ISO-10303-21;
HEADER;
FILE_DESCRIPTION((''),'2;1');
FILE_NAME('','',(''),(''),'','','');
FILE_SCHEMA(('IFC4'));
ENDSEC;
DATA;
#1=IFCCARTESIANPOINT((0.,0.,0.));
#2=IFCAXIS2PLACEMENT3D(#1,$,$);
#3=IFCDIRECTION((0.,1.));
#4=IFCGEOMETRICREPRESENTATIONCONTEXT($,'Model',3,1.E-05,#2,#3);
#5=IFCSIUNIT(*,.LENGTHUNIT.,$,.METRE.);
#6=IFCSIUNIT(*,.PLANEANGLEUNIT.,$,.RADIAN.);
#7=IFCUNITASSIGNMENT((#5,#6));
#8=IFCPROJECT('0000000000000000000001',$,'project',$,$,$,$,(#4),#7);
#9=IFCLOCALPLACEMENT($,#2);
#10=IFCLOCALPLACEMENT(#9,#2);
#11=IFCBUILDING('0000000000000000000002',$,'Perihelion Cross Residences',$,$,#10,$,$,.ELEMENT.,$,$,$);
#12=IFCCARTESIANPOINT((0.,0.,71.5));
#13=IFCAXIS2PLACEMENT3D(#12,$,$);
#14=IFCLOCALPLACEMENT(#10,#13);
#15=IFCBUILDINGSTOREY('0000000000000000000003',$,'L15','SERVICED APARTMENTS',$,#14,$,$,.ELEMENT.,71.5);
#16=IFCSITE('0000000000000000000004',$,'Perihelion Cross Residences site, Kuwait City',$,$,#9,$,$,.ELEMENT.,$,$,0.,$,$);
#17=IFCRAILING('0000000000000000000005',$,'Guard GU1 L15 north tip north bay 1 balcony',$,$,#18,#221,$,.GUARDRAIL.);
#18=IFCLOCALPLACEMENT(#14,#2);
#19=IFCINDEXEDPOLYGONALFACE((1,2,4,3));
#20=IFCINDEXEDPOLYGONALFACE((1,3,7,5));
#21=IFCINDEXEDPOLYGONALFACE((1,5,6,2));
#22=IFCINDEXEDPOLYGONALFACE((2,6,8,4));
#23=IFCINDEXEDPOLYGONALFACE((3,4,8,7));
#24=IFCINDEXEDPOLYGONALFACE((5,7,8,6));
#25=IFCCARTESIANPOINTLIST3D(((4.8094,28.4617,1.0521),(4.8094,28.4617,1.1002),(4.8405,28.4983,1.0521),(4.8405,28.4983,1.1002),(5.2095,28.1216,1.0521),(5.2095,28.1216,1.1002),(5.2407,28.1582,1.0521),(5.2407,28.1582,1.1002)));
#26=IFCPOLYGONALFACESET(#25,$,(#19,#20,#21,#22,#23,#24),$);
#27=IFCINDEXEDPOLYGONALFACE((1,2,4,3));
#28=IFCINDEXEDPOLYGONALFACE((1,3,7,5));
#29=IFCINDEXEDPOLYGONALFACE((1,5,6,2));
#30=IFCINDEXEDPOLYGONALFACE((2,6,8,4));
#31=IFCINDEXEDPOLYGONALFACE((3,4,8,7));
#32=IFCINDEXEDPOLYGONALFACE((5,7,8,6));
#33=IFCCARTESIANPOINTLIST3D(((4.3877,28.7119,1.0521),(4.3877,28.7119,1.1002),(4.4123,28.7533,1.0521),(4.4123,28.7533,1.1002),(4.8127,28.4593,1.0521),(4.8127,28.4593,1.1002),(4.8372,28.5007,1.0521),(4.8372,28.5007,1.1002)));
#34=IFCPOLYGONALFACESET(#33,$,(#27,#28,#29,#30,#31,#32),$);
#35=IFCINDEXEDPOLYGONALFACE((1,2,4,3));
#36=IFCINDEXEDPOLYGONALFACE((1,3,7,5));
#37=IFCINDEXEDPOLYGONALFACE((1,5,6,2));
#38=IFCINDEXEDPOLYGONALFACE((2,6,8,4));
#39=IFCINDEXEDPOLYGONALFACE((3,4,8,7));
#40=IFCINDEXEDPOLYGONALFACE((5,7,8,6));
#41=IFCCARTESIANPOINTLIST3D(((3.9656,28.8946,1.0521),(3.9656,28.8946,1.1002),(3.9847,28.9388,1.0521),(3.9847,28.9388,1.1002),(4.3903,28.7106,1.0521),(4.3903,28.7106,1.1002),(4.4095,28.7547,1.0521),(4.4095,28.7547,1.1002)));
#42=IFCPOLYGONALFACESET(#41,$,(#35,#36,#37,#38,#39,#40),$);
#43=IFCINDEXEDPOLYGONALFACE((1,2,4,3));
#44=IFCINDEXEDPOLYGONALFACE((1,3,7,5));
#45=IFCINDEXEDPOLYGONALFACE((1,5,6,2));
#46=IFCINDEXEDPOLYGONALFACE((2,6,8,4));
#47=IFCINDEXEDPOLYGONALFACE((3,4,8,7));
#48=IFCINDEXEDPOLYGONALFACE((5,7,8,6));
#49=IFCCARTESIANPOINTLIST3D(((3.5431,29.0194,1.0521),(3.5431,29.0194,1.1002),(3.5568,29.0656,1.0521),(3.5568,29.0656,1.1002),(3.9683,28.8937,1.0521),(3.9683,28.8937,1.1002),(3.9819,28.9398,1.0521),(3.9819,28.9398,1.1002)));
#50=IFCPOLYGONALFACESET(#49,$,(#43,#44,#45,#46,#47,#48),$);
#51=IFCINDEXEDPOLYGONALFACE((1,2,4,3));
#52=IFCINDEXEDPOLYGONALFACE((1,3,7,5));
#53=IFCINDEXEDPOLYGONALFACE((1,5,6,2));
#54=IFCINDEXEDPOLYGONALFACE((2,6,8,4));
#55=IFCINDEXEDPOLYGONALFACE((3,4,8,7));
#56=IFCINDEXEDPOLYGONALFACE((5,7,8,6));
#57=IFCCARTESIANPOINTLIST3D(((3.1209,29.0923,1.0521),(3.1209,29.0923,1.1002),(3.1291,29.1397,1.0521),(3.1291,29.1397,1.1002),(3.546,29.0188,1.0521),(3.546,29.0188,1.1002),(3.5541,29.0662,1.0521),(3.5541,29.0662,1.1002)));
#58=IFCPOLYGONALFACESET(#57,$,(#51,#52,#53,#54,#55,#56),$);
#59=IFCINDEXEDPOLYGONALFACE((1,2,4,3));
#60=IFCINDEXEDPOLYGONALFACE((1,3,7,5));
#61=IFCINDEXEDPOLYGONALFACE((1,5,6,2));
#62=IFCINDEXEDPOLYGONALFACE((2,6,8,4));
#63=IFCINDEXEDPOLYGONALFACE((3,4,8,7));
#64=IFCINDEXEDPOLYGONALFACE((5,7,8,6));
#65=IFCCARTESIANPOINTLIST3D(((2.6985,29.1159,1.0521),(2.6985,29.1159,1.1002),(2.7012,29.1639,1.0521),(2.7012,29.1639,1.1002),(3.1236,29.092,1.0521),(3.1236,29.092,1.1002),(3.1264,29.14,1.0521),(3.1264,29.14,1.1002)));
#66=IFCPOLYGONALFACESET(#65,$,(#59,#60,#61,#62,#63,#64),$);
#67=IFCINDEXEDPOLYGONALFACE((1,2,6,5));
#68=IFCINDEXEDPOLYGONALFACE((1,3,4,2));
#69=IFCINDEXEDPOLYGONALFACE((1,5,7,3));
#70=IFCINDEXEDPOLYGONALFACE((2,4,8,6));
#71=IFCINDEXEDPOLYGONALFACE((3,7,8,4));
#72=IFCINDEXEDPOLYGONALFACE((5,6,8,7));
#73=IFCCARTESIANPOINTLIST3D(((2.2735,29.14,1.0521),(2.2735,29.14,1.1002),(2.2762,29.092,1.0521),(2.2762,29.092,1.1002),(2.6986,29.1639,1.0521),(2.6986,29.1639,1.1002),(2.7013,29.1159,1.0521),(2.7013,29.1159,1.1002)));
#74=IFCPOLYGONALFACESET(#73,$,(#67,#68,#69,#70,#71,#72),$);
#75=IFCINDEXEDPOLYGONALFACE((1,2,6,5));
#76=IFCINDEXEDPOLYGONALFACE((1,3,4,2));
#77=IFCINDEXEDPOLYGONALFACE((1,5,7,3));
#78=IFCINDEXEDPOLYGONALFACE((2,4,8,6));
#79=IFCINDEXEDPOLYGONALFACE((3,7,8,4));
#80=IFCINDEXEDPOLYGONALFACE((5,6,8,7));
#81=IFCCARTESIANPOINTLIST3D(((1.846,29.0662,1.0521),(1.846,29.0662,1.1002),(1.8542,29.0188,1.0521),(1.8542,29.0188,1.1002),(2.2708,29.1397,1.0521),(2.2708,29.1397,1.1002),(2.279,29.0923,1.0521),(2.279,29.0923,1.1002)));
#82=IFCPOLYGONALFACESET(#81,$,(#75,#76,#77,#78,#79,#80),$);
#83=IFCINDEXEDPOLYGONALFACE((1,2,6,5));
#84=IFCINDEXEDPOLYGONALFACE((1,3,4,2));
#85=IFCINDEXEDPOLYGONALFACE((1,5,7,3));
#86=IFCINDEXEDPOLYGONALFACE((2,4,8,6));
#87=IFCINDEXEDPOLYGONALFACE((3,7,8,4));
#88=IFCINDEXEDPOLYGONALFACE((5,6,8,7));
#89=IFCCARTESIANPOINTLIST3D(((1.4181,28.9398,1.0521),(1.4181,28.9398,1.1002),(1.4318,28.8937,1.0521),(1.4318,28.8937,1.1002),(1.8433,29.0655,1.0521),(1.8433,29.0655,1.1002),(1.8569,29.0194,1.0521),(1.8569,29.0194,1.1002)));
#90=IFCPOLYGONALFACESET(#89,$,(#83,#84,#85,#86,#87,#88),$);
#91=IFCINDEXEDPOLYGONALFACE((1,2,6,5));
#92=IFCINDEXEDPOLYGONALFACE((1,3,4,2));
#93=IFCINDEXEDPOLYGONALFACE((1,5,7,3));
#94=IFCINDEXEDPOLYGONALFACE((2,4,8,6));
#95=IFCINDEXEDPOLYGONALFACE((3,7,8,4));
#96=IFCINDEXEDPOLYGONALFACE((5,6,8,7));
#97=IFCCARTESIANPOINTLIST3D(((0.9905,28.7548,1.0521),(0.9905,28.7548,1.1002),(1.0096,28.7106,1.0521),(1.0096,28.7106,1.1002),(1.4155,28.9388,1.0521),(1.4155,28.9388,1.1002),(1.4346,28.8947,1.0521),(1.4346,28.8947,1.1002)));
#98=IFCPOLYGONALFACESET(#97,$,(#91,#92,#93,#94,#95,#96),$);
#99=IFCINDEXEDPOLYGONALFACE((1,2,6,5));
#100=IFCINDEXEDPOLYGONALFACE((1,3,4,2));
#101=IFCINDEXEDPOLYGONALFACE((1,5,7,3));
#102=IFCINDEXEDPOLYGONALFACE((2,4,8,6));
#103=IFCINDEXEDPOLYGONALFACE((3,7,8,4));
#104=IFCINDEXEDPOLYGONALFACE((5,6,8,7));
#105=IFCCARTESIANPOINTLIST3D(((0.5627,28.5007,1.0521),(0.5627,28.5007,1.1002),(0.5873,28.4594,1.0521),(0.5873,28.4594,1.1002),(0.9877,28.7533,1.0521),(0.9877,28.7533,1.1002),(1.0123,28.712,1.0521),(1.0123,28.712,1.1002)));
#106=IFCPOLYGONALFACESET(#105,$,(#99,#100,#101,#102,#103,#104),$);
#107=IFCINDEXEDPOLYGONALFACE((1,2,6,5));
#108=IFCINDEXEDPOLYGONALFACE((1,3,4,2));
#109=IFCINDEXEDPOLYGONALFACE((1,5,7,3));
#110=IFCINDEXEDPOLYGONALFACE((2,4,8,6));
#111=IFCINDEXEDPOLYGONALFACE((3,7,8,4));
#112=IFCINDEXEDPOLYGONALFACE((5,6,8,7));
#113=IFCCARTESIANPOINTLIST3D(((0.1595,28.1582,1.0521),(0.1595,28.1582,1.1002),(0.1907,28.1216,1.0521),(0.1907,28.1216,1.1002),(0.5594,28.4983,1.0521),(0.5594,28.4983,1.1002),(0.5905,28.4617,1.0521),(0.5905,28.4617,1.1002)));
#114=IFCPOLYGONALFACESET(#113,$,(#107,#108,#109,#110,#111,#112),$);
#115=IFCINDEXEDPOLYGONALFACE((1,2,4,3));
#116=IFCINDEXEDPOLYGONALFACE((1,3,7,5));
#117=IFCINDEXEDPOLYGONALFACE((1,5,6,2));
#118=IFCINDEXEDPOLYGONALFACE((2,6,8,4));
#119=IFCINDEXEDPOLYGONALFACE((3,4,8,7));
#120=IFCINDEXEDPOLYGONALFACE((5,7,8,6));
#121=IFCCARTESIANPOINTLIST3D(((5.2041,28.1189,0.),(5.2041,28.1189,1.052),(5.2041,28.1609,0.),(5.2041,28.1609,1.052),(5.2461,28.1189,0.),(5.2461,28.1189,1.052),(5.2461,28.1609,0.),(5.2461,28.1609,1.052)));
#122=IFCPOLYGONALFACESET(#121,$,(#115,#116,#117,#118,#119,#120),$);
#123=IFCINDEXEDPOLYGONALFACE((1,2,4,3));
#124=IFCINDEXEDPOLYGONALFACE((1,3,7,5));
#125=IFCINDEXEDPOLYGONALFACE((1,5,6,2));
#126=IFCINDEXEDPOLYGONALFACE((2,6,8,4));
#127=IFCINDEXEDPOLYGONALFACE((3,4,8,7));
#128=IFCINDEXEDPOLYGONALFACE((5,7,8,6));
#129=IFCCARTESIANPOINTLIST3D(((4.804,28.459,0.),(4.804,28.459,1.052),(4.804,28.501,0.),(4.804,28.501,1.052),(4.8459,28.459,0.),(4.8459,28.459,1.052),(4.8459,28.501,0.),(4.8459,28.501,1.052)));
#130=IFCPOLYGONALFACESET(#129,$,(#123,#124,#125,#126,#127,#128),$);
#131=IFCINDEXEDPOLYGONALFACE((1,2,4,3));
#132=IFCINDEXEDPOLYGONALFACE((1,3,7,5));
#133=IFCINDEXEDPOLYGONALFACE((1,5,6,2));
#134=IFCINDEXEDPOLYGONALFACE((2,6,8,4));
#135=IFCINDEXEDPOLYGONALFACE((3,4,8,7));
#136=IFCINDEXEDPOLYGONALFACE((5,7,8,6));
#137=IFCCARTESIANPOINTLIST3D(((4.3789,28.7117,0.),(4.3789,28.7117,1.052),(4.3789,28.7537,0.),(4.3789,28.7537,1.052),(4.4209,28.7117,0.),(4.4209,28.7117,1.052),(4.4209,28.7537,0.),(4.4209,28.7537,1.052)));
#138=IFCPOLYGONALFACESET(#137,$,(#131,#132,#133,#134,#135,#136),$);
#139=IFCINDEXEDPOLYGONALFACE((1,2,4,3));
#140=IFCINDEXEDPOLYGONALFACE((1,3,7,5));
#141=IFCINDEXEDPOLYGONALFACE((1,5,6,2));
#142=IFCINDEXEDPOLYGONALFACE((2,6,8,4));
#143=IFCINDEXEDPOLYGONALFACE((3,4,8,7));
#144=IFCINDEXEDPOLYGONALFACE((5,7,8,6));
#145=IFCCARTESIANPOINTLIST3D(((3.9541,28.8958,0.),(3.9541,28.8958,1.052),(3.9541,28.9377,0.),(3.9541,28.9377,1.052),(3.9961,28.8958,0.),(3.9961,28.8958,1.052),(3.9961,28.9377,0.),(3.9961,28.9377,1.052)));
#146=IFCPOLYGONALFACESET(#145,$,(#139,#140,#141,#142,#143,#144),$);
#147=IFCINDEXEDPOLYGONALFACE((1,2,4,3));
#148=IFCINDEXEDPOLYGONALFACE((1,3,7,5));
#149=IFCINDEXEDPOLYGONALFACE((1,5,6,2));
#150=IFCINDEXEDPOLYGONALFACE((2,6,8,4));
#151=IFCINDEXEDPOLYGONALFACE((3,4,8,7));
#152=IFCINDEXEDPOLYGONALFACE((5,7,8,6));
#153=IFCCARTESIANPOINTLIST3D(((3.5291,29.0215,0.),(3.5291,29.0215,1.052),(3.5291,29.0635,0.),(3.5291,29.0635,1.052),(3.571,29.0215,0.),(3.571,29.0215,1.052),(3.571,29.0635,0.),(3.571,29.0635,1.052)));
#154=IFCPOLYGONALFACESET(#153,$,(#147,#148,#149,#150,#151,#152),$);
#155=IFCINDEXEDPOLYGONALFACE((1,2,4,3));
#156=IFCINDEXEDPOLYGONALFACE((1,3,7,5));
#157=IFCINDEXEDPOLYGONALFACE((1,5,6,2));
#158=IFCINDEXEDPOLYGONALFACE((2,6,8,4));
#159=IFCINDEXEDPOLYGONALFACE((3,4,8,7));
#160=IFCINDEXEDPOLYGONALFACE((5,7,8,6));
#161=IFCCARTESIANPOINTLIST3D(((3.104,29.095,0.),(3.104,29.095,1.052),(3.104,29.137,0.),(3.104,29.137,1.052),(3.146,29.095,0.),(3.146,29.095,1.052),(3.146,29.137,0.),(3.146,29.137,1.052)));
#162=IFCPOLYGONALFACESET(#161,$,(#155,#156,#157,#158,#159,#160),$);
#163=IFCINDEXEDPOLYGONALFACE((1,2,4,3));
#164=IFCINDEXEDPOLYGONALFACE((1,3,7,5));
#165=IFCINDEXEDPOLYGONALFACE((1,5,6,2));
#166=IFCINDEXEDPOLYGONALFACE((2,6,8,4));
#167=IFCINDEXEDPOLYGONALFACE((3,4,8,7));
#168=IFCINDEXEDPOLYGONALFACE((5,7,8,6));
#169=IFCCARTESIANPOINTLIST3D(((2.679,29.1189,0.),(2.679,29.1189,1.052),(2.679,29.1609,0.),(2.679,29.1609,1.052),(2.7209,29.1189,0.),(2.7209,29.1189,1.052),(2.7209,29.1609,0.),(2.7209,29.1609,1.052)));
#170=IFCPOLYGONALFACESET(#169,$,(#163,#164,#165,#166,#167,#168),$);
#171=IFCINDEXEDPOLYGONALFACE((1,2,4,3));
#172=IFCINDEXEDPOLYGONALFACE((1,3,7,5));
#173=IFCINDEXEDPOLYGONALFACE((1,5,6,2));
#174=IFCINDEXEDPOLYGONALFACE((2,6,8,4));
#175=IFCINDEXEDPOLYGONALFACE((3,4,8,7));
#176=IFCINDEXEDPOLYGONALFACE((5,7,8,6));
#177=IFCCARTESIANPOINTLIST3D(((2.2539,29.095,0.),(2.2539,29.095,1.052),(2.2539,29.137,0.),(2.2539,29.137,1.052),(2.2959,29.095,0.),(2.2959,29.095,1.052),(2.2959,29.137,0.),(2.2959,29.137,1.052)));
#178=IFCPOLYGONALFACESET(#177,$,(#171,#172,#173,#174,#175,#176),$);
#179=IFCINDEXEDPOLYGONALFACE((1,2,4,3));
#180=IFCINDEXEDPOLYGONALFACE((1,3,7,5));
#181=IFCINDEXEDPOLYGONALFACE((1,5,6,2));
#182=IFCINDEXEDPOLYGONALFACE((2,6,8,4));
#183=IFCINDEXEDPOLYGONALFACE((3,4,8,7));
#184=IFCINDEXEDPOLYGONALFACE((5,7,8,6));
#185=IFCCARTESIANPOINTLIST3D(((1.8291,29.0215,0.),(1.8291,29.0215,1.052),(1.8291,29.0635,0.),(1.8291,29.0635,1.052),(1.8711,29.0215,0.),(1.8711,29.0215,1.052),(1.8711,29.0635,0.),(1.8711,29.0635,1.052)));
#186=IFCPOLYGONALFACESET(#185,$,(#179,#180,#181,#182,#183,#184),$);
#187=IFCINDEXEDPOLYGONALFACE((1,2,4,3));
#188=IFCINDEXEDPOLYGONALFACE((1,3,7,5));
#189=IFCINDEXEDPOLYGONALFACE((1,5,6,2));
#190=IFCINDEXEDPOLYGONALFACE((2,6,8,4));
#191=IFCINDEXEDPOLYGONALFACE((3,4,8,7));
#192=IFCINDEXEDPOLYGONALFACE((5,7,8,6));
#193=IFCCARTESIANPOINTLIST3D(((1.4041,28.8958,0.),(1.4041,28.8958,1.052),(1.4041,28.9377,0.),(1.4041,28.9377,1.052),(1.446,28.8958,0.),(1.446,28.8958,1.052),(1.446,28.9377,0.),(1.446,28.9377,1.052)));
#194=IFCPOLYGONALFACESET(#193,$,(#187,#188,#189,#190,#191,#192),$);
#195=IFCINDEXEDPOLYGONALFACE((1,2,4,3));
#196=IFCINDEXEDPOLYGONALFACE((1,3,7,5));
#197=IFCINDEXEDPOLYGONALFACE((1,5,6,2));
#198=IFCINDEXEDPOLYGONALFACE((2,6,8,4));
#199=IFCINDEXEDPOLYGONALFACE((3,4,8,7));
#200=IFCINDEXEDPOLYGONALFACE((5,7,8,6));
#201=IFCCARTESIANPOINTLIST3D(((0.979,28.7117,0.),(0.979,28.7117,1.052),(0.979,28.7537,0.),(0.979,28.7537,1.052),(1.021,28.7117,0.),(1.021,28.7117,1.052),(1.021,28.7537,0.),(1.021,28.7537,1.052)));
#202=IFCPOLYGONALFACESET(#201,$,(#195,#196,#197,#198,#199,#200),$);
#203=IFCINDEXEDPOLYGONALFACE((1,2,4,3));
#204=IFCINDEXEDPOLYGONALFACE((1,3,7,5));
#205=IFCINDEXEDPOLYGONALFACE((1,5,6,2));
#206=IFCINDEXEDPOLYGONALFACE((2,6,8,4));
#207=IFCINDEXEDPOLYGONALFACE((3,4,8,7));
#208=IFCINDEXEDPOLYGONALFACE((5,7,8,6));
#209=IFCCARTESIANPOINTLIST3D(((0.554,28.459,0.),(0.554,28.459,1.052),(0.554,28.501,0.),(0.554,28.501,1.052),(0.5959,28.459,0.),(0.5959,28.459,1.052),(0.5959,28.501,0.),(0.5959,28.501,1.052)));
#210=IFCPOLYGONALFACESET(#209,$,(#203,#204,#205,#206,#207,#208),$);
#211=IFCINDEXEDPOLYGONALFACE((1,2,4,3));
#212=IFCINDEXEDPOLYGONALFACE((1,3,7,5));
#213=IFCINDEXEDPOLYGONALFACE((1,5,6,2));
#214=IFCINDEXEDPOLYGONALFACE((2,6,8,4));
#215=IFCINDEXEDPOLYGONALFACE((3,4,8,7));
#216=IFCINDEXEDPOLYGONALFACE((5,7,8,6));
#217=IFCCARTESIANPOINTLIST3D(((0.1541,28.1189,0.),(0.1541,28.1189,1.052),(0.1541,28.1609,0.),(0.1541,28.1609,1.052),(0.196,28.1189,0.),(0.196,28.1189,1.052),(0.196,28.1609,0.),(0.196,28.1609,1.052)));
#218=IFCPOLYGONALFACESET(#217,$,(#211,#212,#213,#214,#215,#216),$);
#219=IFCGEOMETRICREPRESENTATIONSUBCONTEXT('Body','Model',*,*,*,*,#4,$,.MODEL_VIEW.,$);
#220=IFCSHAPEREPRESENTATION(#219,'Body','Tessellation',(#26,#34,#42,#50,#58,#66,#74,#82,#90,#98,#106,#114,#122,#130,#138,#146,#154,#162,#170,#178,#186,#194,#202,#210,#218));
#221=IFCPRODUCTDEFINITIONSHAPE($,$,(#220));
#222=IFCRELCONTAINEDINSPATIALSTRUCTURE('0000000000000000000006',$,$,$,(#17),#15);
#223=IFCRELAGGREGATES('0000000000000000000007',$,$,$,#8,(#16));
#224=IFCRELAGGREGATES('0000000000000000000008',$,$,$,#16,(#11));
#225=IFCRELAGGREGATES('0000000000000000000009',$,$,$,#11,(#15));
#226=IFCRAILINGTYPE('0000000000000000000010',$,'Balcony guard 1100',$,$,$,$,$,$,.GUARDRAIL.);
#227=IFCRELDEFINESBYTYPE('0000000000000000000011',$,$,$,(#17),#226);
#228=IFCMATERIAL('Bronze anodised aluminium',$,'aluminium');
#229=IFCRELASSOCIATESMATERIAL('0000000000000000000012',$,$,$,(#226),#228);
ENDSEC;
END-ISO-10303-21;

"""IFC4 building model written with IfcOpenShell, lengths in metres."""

from ifc_helpers import new_model, si_unit, direction, frame, origin, origin_2d, place, context, subcontext, project, spatial, rectangle, extrude, material, type_object, element, save


model = new_model("IFC4")

# Units and contexts
model_context = context("Model", 3, precision=1e-05, world=origin(), true_north=direction((0.0, 1.0)))
body_context = subcontext(model_context, "Body", "Model", "MODEL_VIEW")
ifc_project = project(units=[si_unit("LENGTHUNIT", "METRE"), si_unit("PLANEANGLEUNIT", "RADIAN")], contexts=[model_context])

# Site, building, storey
site_placement = place(None, origin())
site = spatial("IfcSite", under=ifc_project, at=site_placement, Name="Perihelion Cross Residences site, Kuwait City", CompositionType="ELEMENT", RefElevation=0.0)
building_placement = place(site_placement, origin())
building = spatial("IfcBuilding", under=site, at=building_placement, Name="Perihelion Cross Residences", CompositionType="ELEMENT")
storey_placement = place(building_placement, frame((0.0, 0.0, 71.5)))
storey = spatial("IfcBuildingStorey", under=building, at=storey_placement, Name="L15", Description="SERVICED APARTMENTS", CompositionType="ELEMENT", Elevation=71.5)

# Railing
ifc_material_1 = material(Name="Bronze anodised aluminium", Category="aluminium")
railing_type = type_object("IfcRailingType", Name="Balcony guard 1100", PredefinedType="GUARDRAIL", material=ifc_material_1)
railing_placement = place(storey_placement, frame((5.2251, 28.1399, 0.0)))
element("IfcRailing", 1, at=railing_placement, inside=storey, type_object=railing_type, Name="Guard GU1 L15 north tip north bay 1 balcony", PredefinedType="GUARDRAIL", context=body_context, shape_type="SweptSolid", body=[
    extrude(rectangle(XDim=0.0481, YDim=0.0481, at=origin_2d()), frame((0.0, 0.0, 1.0762), z_axis=(-0.761974, 0.647608, 0.0), x_axis=(-0.647608, -0.761974, 0.0)), (0.0, 0.0, 1.0), 0.5251),
    extrude(rectangle(XDim=0.0481, YDim=0.0481, at=origin_2d()), frame((-0.4001, 0.3401, 1.0762), z_axis=(-0.859577, 0.511006, 0.0), x_axis=(-0.511006, -0.859577, 0.0)), (0.0, 0.0, 1.0), 0.4944),
    extrude(rectangle(XDim=0.0481, YDim=0.0481, at=origin_2d()), frame((-0.8252, 0.5928, 1.0762), z_axis=(-0.917556, 0.397607, 0.0), x_axis=(-0.397607, -0.917556, 0.0)), (0.0, 0.0, 1.0), 0.4629),
    extrude(rectangle(XDim=0.0481, YDim=0.0481, at=origin_2d()), frame((-1.25, 0.7769, 1.0762), z_axis=(-0.958926, 0.283657, 0.0), x_axis=(-0.283657, -0.958926, 0.0)), (0.0, 0.0, 1.0), 0.4434),
    extrude(rectangle(XDim=0.0481, YDim=0.0481, at=origin_2d()), frame((-1.675, 0.9026, 1.0762), z_axis=(-0.985382, 0.170362, 0.0), x_axis=(-0.170362, -0.985382, 0.0)), (0.0, 0.0, 1.0), 0.4314),
    extrude(rectangle(XDim=0.0481, YDim=0.0481, at=origin_2d()), frame((-2.1001, 0.9761, 1.0762), z_axis=(-0.99842, 0.056201, 0.0), x_axis=(-0.056201, -0.99842, 0.0)), (0.0, 0.0, 1.0), 0.4258),
    extrude(rectangle(XDim=0.0481, YDim=0.0481, at=origin_2d()), frame((-2.5251, 1.0, 1.0762), z_axis=(-0.99842, -0.056201, 0.0), x_axis=(0.056201, -0.99842, 0.0)), (0.0, 0.0, 1.0), 0.4258),
    extrude(rectangle(XDim=0.0481, YDim=0.0481, at=origin_2d()), frame((-2.9502, 0.9761, 1.0762), z_axis=(-0.985365, -0.170457, 0.0), x_axis=(0.170457, -0.985365, 0.0)), (0.0, 0.0, 1.0), 0.4312),
    extrude(rectangle(XDim=0.0481, YDim=0.0481, at=origin_2d()), frame((-3.375, 0.9026, 1.0762), z_axis=(-0.958926, -0.283657, 0.0), x_axis=(0.283657, -0.958926, 0.0)), (0.0, 0.0, 1.0), 0.4434),
    extrude(rectangle(XDim=0.0481, YDim=0.0481, at=origin_2d()), frame((-3.8, 0.7769, 1.0762), z_axis=(-0.917639, -0.397415, 0.0), x_axis=(0.397415, -0.917639, 0.0)), (0.0, 0.0, 1.0), 0.4631),
    extrude(rectangle(XDim=0.0481, YDim=0.0481, at=origin_2d()), frame((-4.2251, 0.5928, 1.0762), z_axis=(-0.859577, -0.511006, 0.0), x_axis=(0.511006, -0.859577, 0.0)), (0.0, 0.0, 1.0), 0.4944),
    extrude(rectangle(XDim=0.0481, YDim=0.0481, at=origin_2d()), frame((-4.6501, 0.3401, 1.0762), z_axis=(-0.761779, -0.647837, 0.0), x_axis=(0.647837, -0.761779, 0.0)), (0.0, 0.0, 1.0), 0.5249),
    extrude(rectangle(XDim=0.042, YDim=0.042, at=origin_2d()), origin(), (0.0, 0.0, 1.0), 1.052),
    extrude(rectangle(XDim=0.042, YDim=0.042, at=origin_2d()), frame((-0.4001, 0.3401, 0.0)), (0.0, 0.0, 1.0), 1.052),
    extrude(rectangle(XDim=0.042, YDim=0.042, at=origin_2d()), frame((-0.8252, 0.5928, 0.0)), (0.0, 0.0, 1.0), 1.052),
    extrude(rectangle(XDim=0.042, YDim=0.042, at=origin_2d()), frame((-1.25, 0.7769, 0.0)), (0.0, 0.0, 1.0), 1.052),
    extrude(rectangle(XDim=0.042, YDim=0.042, at=origin_2d()), frame((-1.675, 0.9026, 0.0)), (0.0, 0.0, 1.0), 1.052),
    extrude(rectangle(XDim=0.042, YDim=0.042, at=origin_2d()), frame((-2.1001, 0.9761, 0.0)), (0.0, 0.0, 1.0), 1.052),
    extrude(rectangle(XDim=0.042, YDim=0.042, at=origin_2d()), frame((-2.5251, 1.0, 0.0)), (0.0, 0.0, 1.0), 1.052),
    extrude(rectangle(XDim=0.042, YDim=0.042, at=origin_2d()), frame((-2.9502, 0.9761, 0.0)), (0.0, 0.0, 1.0), 1.052),
    extrude(rectangle(XDim=0.042, YDim=0.042, at=origin_2d()), frame((-3.375, 0.9026, 0.0)), (0.0, 0.0, 1.0), 1.052),
    extrude(rectangle(XDim=0.042, YDim=0.042, at=origin_2d()), frame((-3.8, 0.7769, 0.0)), (0.0, 0.0, 1.0), 1.052),
    extrude(rectangle(XDim=0.042, YDim=0.042, at=origin_2d()), frame((-4.2251, 0.5928, 0.0)), (0.0, 0.0, 1.0), 1.052),
    extrude(rectangle(XDim=0.042, YDim=0.042, at=origin_2d()), frame((-4.6501, 0.3401, 0.0)), (0.0, 0.0, 1.0), 1.052),
    extrude(rectangle(XDim=0.042, YDim=0.042, at=origin_2d()), frame((-5.05, 0.0, 0.0)), (0.0, 0.0, 1.0), 1.052),
])

save(model, "model.ifc")
